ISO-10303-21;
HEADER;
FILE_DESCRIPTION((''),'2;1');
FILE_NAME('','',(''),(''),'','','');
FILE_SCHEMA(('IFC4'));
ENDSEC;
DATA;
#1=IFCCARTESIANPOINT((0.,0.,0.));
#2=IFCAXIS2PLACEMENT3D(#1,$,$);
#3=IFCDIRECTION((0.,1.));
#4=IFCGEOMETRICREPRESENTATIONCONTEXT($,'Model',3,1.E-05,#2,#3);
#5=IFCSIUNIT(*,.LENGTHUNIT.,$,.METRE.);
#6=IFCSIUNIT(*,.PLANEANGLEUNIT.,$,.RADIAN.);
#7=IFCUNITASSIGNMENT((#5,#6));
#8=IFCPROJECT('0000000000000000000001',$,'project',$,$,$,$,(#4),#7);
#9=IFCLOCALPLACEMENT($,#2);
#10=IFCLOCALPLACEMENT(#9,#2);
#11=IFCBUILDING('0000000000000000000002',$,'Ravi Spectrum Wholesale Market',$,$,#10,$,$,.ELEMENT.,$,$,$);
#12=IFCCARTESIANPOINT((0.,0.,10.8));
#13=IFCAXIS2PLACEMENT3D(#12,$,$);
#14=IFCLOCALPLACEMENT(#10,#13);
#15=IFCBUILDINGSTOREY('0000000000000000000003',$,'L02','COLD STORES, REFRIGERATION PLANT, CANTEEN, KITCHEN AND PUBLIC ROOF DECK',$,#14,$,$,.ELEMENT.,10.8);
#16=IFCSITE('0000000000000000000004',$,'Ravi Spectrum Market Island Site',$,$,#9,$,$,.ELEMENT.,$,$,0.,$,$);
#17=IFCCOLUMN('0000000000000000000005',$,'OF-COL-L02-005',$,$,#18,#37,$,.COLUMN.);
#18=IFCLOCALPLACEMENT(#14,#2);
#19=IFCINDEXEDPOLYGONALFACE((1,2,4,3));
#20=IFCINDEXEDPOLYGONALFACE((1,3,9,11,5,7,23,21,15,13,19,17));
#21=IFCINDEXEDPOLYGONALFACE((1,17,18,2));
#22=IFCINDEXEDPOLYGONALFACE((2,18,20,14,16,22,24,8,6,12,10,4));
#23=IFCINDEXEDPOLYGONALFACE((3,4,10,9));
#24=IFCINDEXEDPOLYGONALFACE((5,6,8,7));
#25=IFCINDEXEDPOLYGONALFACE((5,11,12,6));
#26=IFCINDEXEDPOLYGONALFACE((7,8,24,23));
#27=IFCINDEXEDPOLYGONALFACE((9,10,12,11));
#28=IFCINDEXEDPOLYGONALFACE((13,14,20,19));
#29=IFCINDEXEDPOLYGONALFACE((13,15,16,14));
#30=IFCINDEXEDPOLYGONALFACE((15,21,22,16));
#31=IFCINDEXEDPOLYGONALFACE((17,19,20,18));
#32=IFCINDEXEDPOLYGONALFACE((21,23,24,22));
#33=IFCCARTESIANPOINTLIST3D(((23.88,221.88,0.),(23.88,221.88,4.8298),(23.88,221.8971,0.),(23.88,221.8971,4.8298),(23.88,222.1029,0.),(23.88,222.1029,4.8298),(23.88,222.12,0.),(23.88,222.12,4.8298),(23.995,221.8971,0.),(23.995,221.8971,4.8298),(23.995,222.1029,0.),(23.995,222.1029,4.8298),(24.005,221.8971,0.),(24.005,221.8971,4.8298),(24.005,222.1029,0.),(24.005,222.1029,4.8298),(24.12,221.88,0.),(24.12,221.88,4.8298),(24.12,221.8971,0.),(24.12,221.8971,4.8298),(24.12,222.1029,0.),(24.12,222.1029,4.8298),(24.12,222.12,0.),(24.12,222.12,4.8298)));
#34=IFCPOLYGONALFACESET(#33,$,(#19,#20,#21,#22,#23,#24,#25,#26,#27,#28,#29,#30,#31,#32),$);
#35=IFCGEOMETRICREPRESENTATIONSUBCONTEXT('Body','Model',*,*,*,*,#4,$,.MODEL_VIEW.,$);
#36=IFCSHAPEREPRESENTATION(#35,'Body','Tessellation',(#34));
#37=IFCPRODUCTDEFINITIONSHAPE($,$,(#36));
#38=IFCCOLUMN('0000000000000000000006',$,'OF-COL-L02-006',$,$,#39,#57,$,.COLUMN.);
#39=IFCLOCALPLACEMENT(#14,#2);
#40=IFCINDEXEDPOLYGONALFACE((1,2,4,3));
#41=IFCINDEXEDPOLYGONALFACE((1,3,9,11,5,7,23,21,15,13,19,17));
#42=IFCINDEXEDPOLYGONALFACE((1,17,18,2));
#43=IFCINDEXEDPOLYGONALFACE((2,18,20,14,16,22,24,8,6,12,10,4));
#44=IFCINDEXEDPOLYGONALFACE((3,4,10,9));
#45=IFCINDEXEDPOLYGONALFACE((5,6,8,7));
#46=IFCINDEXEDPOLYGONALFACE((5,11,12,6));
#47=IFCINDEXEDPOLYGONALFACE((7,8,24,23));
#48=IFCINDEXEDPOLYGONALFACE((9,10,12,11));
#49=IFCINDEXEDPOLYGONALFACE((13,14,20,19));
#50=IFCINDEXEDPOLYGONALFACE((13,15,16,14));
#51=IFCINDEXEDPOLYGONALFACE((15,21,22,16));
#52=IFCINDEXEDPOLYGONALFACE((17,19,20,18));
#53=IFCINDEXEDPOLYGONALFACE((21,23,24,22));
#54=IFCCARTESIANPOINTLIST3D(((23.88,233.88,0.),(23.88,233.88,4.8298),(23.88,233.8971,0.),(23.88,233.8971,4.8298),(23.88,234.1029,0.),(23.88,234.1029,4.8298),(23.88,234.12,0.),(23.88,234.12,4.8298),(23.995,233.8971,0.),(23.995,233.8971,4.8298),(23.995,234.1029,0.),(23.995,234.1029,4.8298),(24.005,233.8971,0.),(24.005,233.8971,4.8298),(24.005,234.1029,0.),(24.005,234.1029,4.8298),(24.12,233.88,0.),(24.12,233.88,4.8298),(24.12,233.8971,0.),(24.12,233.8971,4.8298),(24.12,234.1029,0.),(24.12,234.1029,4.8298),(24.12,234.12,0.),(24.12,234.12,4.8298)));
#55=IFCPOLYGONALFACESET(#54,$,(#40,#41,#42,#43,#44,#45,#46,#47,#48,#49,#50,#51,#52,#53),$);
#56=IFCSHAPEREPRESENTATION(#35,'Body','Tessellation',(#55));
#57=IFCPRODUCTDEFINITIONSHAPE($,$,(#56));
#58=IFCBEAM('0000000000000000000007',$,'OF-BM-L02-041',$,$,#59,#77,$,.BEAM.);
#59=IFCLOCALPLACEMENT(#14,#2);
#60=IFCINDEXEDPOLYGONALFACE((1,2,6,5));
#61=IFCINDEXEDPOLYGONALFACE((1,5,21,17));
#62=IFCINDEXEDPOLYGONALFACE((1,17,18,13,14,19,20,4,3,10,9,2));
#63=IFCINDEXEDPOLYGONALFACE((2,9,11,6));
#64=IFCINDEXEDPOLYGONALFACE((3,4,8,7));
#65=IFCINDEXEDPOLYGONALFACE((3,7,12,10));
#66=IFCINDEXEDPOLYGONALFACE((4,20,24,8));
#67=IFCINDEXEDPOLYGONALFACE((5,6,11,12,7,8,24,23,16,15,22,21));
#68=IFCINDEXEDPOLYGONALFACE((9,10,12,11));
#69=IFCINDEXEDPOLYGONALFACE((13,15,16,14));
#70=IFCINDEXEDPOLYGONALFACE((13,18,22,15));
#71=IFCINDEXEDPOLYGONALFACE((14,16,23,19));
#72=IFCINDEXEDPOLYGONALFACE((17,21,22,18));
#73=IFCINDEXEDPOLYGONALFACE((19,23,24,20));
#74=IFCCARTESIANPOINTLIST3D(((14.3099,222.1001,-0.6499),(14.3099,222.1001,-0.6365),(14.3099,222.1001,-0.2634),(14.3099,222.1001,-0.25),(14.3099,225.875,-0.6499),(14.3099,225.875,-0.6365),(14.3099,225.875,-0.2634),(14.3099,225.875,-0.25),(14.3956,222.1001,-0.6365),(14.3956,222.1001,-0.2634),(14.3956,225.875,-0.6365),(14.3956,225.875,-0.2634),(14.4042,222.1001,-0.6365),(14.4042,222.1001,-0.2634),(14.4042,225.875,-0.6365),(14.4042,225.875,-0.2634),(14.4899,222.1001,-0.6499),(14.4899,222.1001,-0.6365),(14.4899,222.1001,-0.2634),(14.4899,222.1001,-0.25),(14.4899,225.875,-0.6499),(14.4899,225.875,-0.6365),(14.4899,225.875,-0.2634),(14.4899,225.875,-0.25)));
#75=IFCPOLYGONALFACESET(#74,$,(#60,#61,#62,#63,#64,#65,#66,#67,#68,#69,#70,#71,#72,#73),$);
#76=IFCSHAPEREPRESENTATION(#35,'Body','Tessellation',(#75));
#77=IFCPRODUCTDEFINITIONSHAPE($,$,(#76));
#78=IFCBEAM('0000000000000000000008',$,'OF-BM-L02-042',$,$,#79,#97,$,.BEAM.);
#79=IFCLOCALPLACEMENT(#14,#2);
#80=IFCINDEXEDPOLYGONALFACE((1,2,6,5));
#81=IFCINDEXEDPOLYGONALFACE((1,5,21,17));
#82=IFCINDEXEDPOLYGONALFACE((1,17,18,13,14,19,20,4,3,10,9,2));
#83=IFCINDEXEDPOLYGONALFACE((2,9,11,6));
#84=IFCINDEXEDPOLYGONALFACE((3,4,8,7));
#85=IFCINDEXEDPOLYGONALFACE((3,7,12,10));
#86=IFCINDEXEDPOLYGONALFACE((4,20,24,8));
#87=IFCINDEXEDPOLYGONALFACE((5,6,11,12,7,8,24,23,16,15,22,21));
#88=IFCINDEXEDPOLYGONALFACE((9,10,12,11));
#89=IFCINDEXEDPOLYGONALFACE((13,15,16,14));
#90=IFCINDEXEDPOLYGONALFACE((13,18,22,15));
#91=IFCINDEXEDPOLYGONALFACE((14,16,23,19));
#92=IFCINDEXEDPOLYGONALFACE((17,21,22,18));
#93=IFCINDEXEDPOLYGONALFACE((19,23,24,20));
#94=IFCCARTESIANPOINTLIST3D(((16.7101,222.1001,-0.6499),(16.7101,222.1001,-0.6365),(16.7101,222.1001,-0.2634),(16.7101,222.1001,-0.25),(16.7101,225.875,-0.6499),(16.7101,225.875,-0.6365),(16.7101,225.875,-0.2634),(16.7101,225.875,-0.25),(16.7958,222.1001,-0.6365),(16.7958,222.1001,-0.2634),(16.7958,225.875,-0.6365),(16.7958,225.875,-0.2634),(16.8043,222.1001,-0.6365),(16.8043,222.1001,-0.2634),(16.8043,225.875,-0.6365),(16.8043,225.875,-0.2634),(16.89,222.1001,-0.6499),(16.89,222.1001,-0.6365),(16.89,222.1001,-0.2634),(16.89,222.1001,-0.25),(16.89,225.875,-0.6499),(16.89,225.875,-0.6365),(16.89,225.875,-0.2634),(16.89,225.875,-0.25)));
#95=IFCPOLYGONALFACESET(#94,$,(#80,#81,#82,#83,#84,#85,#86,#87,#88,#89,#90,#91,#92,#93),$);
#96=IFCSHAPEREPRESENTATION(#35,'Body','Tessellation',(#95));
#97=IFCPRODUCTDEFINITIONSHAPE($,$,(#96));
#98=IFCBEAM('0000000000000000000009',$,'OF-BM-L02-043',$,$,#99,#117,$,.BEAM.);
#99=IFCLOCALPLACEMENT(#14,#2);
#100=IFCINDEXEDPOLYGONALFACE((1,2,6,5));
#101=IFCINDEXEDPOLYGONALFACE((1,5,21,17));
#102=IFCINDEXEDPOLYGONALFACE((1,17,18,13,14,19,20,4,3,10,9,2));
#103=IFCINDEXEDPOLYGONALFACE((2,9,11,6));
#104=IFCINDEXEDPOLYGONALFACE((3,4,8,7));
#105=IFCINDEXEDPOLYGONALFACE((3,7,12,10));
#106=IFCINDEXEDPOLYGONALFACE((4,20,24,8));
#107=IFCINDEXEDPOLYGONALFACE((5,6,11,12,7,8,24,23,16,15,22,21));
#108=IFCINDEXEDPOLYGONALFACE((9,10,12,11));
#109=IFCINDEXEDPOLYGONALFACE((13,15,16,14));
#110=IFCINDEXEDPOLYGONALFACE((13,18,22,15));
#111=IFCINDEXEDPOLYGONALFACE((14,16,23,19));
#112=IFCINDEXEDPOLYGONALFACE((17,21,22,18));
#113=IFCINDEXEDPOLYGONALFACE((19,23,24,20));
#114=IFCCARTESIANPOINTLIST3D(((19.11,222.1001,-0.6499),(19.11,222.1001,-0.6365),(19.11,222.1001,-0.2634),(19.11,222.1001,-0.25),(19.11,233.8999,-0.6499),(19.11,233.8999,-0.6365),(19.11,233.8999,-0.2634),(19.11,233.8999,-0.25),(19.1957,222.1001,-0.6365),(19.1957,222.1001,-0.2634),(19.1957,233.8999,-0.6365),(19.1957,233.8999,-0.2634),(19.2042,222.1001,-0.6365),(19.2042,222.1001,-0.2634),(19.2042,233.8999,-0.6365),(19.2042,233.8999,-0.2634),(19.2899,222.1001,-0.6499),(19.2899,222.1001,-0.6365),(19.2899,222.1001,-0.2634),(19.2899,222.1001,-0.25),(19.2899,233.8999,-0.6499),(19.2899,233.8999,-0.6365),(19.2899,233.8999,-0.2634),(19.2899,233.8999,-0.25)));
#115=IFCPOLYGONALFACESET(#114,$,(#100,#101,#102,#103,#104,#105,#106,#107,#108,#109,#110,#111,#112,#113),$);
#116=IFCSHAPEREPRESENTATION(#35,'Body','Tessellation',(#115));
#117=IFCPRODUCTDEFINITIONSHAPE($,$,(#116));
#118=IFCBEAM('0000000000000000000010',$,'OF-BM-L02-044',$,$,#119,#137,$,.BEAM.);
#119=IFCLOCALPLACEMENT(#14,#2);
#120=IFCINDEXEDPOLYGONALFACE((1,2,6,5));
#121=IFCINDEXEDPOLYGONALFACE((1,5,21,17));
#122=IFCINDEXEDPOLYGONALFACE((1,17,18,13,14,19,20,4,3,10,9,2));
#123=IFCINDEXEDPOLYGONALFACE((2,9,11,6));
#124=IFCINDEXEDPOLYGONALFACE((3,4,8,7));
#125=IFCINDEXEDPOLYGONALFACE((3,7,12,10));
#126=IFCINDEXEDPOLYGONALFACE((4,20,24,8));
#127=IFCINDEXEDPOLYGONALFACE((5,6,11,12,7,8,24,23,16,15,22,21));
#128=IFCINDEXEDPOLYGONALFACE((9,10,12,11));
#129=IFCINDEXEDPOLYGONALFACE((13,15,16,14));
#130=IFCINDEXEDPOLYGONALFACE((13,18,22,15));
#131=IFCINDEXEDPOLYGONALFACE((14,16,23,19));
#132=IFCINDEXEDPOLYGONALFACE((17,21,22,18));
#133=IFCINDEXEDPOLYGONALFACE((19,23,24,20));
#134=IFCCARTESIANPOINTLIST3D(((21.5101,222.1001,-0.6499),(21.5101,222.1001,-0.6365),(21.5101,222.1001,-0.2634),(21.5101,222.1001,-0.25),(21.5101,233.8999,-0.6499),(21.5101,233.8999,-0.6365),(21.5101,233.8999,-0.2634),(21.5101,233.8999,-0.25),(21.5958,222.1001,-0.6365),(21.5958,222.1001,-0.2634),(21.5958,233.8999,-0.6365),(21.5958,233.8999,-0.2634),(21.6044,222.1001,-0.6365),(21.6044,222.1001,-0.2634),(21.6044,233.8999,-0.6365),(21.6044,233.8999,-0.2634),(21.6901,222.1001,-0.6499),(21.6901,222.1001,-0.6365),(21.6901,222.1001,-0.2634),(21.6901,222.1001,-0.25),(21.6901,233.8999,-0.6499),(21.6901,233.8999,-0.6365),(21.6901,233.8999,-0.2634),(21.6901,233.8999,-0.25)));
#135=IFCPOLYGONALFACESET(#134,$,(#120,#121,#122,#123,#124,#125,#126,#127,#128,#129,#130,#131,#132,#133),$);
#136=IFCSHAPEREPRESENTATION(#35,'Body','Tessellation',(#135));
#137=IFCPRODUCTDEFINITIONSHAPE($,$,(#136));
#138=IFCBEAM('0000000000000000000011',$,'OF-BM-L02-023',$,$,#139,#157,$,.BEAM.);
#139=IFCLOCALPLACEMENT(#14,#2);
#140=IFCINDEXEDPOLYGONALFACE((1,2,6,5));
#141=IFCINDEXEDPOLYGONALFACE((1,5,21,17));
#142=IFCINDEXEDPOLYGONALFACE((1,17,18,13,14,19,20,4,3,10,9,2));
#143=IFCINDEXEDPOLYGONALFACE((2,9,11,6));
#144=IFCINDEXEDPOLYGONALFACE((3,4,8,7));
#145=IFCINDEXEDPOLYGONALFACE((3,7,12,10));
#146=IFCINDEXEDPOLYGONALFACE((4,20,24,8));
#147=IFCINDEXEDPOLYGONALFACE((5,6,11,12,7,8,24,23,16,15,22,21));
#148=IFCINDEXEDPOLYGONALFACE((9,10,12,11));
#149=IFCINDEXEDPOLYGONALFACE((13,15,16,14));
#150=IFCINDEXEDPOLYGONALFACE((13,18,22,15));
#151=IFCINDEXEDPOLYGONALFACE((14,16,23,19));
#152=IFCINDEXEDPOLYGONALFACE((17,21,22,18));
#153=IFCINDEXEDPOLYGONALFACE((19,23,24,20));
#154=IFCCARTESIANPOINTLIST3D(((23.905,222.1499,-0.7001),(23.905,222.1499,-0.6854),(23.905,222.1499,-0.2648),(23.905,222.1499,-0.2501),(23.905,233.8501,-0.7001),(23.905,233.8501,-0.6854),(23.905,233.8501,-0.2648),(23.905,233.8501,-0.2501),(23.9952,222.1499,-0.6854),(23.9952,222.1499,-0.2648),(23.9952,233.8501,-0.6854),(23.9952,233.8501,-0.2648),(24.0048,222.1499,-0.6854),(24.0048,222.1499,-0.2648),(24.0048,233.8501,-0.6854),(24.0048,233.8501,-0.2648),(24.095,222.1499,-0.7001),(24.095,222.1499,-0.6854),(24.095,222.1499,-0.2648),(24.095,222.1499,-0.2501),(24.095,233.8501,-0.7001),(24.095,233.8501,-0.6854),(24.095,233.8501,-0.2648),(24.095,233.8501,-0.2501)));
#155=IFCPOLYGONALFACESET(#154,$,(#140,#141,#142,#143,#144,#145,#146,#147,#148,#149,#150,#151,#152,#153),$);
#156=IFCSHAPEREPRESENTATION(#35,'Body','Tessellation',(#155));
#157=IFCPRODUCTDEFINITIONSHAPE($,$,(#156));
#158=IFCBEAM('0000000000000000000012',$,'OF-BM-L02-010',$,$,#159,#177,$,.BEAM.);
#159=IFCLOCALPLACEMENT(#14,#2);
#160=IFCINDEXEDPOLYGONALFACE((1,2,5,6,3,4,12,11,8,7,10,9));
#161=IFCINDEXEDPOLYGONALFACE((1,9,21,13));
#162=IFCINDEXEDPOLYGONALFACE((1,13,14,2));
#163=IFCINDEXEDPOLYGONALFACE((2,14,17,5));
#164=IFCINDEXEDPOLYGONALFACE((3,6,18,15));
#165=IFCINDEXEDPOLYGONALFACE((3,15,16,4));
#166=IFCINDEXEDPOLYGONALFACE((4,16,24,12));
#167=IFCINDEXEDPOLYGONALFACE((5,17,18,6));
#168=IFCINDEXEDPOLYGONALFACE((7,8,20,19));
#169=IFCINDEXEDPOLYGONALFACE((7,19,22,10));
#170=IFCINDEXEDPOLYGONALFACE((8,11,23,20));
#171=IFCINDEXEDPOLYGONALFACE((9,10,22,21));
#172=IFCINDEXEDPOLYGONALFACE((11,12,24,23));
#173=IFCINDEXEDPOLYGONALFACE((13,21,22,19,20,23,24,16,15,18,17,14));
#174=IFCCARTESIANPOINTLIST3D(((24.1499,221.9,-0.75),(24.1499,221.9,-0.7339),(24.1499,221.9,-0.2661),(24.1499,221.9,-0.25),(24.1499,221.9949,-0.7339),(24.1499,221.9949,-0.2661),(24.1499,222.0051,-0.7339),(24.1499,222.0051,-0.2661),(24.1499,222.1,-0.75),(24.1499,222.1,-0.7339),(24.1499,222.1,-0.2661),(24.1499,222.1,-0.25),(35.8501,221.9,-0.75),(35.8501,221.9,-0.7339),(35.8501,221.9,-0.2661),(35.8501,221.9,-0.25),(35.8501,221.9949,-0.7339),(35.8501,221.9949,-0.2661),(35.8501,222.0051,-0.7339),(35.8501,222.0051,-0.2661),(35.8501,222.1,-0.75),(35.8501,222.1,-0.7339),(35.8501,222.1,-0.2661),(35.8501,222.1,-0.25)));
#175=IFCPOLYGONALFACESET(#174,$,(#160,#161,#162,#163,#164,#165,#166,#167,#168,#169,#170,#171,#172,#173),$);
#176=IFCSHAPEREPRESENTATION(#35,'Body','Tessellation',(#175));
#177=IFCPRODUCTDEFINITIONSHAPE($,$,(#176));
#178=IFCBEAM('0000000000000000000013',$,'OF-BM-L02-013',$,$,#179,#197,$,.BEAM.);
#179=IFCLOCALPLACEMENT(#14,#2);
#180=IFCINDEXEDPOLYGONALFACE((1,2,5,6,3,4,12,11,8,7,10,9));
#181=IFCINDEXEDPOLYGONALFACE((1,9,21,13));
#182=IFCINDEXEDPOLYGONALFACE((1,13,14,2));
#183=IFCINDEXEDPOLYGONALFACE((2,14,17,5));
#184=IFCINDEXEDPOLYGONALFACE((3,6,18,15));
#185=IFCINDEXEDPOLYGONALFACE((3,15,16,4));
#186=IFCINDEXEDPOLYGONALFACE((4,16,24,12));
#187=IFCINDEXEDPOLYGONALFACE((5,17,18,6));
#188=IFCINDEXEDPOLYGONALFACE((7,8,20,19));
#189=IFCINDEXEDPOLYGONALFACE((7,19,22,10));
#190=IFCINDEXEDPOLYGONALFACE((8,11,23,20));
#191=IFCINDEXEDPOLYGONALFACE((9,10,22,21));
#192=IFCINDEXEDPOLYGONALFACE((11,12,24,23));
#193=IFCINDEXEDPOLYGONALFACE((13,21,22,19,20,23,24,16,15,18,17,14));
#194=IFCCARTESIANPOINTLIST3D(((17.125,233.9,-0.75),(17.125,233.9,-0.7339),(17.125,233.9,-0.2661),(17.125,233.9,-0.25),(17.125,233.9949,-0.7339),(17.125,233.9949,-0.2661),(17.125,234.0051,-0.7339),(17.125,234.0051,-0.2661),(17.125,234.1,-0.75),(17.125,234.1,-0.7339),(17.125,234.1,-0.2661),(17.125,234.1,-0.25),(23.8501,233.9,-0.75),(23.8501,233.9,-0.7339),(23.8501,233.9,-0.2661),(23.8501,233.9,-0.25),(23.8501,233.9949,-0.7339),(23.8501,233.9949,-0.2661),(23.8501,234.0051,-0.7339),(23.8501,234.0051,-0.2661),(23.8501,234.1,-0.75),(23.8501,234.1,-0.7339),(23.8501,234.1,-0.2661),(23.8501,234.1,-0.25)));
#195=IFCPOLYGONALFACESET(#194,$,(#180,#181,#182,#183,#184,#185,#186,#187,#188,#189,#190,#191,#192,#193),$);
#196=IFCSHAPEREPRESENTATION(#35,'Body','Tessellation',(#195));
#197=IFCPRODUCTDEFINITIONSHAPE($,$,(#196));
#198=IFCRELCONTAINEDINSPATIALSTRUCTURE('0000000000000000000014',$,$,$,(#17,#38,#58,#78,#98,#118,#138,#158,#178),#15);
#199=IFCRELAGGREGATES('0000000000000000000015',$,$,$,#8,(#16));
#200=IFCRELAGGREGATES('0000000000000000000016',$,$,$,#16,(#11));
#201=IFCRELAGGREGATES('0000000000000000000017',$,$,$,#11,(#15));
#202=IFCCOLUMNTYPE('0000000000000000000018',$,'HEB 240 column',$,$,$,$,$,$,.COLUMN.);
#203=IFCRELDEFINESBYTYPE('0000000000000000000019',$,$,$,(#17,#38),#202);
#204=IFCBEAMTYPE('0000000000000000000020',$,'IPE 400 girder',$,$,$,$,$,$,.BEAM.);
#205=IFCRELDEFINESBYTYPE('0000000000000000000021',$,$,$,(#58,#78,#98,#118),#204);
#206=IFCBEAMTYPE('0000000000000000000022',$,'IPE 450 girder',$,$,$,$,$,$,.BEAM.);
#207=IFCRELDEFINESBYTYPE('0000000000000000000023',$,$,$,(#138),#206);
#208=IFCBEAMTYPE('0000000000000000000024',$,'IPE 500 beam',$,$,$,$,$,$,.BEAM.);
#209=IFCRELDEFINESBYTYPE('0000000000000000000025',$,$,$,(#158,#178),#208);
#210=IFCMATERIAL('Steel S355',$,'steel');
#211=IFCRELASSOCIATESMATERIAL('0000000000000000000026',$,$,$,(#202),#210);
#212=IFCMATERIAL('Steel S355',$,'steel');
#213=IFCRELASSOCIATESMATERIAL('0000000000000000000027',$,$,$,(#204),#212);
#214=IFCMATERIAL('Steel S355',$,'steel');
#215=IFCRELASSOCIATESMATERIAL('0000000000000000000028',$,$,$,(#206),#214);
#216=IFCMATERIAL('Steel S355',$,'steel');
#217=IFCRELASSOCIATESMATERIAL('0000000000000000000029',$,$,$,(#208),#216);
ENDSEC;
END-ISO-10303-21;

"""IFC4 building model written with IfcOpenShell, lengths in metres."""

from ifc_helpers import new_model, si_unit, direction, frame, origin, origin_2d, place, context, subcontext, project, spatial, i_section, extrude, material, material_profile, profile_set, type_object, element, save


model = new_model("IFC4")

# Units and contexts
model_context = context("Model", 3, precision=1e-05, world=origin(), true_north=direction((0.0, 1.0)))
body_context = subcontext(model_context, "Body", "Model", "MODEL_VIEW")
ifc_project = project(units=[si_unit("LENGTHUNIT", "METRE"), si_unit("PLANEANGLEUNIT", "RADIAN")], contexts=[model_context])

# Site, building, storey
site_placement = place(None, origin())
site = spatial("IfcSite", under=ifc_project, at=site_placement, Name="Ravi Spectrum Market Island Site", CompositionType="ELEMENT", RefElevation=0.0)
building_placement = place(site_placement, origin())
building = spatial("IfcBuilding", under=site, at=building_placement, Name="Ravi Spectrum Wholesale Market", CompositionType="ELEMENT")
storey_placement = place(building_placement, frame((0.0, 0.0, 10.8)))
storey = spatial("IfcBuildingStorey", under=building, at=storey_placement, Name="L02", Description="COLD STORES, REFRIGERATION PLANT, CANTEEN, KITCHEN AND PUBLIC ROOF DECK", CompositionType="ELEMENT", Elevation=10.8)

# Columns
ifc_material_1 = material(Name="Steel S355", Category="steel")
ifc_material_profile_1 = material_profile(ifc_material_1, i_section(OverallWidth=0.24, OverallDepth=0.24, WebThickness=0.01, FlangeThickness=0.0171, at=origin_2d()))
ifc_profile_set_1 = profile_set([ifc_material_profile_1], Name="Steel S355")
column_type = type_object("IfcColumnType", Name="HEB 240 column", PredefinedType="COLUMN", material=ifc_profile_set_1)
for number, where, z_axis, x_axis, name in (
    (1, (24.0, 222.0, 0.0), (0.0, 0.0, 1.0), (1.0, 0.0, 0.0), "OF-COL-L02-005"),
    (2, (24.0, 234.0, 0.0), (0.0, 0.0, 1.0), (1.0, 0.0, 0.0), "OF-COL-L02-006"),
):
    element("IfcColumn", number, at=place(storey_placement, frame(where, z_axis=z_axis, x_axis=x_axis)), inside=storey, type_object=column_type, Name=name, PredefinedType="COLUMN", context=body_context, shape_type="SweptSolid", body=[
        extrude(i_section(OverallWidth=0.24, OverallDepth=0.24, WebThickness=0.01, FlangeThickness=0.0171, at=origin_2d()), origin(), (0.0, 0.0, 1.0), 4.8298),
    ])

# Beams
ifc_material_2 = material(Name="Steel S355", Category="steel")
ifc_material_profile_2 = material_profile(ifc_material_2, i_section(OverallWidth=0.1799, OverallDepth=0.3999, WebThickness=0.0085, FlangeThickness=0.0134, at=origin_2d()))
ifc_profile_set_2 = profile_set([ifc_material_profile_2], Name="Steel S355")
beam_type_1 = type_object("IfcBeamType", Name="IPE 400 girder", PredefinedType="BEAM", material=ifc_profile_set_2)
for number, where, z_axis, x_axis, name in (
    (3, (14.3999, 222.1001, -0.45), (0.0, 1.0, 0.0), (-1.0, 0.0, 0.0), "OF-BM-L02-041"),
    (4, (16.8, 222.1001, -0.45), (0.0, 1.0, 0.0), (-1.0, 0.0, 0.0), "OF-BM-L02-042"),
):
    element("IfcBeam", number, at=place(storey_placement, frame(where, z_axis=z_axis, x_axis=x_axis)), inside=storey, type_object=beam_type_1, Name=name, PredefinedType="BEAM", context=body_context, shape_type="SweptSolid", body=[
        extrude(i_section(OverallWidth=0.1799, OverallDepth=0.3999, WebThickness=0.0085, FlangeThickness=0.0134, at=origin_2d()), origin(), (0.0, 0.0, 1.0), 3.7749),
    ])
for number, where, z_axis, x_axis, name in (
    (5, (19.2, 222.1001, -0.45), (0.0, 1.0, 0.0), (-1.0, 0.0, 0.0), "OF-BM-L02-043"),
    (6, (21.6001, 222.1001, -0.45), (0.0, 1.0, 0.0), (-1.0, 0.0, 0.0), "OF-BM-L02-044"),
):
    element("IfcBeam", number, at=place(storey_placement, frame(where, z_axis=z_axis, x_axis=x_axis)), inside=storey, type_object=beam_type_1, Name=name, PredefinedType="BEAM", context=body_context, shape_type="SweptSolid", body=[
        extrude(i_section(OverallWidth=0.1799, OverallDepth=0.3999, WebThickness=0.0085, FlangeThickness=0.0134, at=origin_2d()), origin(), (0.0, 0.0, 1.0), 11.7998),
    ])
ifc_material_3 = material(Name="Steel S355", Category="steel")
ifc_material_profile_3 = material_profile(ifc_material_3, i_section(OverallWidth=0.1899, OverallDepth=0.45, WebThickness=0.0095, FlangeThickness=0.0146, at=origin_2d()))
ifc_profile_set_3 = profile_set([ifc_material_profile_3], Name="Steel S355")
beam_type_2 = type_object("IfcBeamType", Name="IPE 450 girder", PredefinedType="BEAM", material=ifc_profile_set_3)
beam_1_placement = place(storey_placement, frame((24.0, 222.1499, -0.4751), z_axis=(0.0, 1.0, 0.0), x_axis=(-1.0, 0.0, 0.0)))
element("IfcBeam", 7, at=beam_1_placement, inside=storey, type_object=beam_type_2, Name="OF-BM-L02-023", PredefinedType="BEAM", context=body_context, shape_type="SweptSolid", body=[
    extrude(i_section(OverallWidth=0.1899, OverallDepth=0.45, WebThickness=0.0095, FlangeThickness=0.0146, at=origin_2d()), origin(), (0.0, 0.0, 1.0), 11.7002),
])
ifc_material_4 = material(Name="Steel S355", Category="steel")
ifc_material_profile_4 = material_profile(ifc_material_4, i_section(OverallWidth=0.2, OverallDepth=0.5, WebThickness=0.0103, FlangeThickness=0.0161, at=origin_2d()))
ifc_profile_set_4 = profile_set([ifc_material_profile_4], Name="Steel S355")
beam_type_3 = type_object("IfcBeamType", Name="IPE 500 beam", PredefinedType="BEAM", material=ifc_profile_set_4)
beam_2_placement = place(storey_placement, frame((24.1499, 222.0, -0.5), z_axis=(1.0, 0.0, 0.0), x_axis=(0.0, 1.0, 0.0)))
element("IfcBeam", 8, at=beam_2_placement, inside=storey, type_object=beam_type_3, Name="OF-BM-L02-010", PredefinedType="BEAM", context=body_context, shape_type="SweptSolid", body=[
    extrude(i_section(OverallWidth=0.2, OverallDepth=0.5, WebThickness=0.0103, FlangeThickness=0.0161, at=origin_2d()), origin(), (0.0, 0.0, 1.0), 11.7002),
])
beam_3_placement = place(storey_placement, frame((17.125, 234.0, -0.5), z_axis=(1.0, 0.0, 0.0), x_axis=(0.0, 1.0, 0.0)))
element("IfcBeam", 9, at=beam_3_placement, inside=storey, type_object=beam_type_3, Name="OF-BM-L02-013", PredefinedType="BEAM", context=body_context, shape_type="SweptSolid", body=[
    extrude(i_section(OverallWidth=0.2, OverallDepth=0.5, WebThickness=0.0103, FlangeThickness=0.0161, at=origin_2d()), origin(), (0.0, 0.0, 1.0), 6.7251),
])

save(model, "model.ifc")
